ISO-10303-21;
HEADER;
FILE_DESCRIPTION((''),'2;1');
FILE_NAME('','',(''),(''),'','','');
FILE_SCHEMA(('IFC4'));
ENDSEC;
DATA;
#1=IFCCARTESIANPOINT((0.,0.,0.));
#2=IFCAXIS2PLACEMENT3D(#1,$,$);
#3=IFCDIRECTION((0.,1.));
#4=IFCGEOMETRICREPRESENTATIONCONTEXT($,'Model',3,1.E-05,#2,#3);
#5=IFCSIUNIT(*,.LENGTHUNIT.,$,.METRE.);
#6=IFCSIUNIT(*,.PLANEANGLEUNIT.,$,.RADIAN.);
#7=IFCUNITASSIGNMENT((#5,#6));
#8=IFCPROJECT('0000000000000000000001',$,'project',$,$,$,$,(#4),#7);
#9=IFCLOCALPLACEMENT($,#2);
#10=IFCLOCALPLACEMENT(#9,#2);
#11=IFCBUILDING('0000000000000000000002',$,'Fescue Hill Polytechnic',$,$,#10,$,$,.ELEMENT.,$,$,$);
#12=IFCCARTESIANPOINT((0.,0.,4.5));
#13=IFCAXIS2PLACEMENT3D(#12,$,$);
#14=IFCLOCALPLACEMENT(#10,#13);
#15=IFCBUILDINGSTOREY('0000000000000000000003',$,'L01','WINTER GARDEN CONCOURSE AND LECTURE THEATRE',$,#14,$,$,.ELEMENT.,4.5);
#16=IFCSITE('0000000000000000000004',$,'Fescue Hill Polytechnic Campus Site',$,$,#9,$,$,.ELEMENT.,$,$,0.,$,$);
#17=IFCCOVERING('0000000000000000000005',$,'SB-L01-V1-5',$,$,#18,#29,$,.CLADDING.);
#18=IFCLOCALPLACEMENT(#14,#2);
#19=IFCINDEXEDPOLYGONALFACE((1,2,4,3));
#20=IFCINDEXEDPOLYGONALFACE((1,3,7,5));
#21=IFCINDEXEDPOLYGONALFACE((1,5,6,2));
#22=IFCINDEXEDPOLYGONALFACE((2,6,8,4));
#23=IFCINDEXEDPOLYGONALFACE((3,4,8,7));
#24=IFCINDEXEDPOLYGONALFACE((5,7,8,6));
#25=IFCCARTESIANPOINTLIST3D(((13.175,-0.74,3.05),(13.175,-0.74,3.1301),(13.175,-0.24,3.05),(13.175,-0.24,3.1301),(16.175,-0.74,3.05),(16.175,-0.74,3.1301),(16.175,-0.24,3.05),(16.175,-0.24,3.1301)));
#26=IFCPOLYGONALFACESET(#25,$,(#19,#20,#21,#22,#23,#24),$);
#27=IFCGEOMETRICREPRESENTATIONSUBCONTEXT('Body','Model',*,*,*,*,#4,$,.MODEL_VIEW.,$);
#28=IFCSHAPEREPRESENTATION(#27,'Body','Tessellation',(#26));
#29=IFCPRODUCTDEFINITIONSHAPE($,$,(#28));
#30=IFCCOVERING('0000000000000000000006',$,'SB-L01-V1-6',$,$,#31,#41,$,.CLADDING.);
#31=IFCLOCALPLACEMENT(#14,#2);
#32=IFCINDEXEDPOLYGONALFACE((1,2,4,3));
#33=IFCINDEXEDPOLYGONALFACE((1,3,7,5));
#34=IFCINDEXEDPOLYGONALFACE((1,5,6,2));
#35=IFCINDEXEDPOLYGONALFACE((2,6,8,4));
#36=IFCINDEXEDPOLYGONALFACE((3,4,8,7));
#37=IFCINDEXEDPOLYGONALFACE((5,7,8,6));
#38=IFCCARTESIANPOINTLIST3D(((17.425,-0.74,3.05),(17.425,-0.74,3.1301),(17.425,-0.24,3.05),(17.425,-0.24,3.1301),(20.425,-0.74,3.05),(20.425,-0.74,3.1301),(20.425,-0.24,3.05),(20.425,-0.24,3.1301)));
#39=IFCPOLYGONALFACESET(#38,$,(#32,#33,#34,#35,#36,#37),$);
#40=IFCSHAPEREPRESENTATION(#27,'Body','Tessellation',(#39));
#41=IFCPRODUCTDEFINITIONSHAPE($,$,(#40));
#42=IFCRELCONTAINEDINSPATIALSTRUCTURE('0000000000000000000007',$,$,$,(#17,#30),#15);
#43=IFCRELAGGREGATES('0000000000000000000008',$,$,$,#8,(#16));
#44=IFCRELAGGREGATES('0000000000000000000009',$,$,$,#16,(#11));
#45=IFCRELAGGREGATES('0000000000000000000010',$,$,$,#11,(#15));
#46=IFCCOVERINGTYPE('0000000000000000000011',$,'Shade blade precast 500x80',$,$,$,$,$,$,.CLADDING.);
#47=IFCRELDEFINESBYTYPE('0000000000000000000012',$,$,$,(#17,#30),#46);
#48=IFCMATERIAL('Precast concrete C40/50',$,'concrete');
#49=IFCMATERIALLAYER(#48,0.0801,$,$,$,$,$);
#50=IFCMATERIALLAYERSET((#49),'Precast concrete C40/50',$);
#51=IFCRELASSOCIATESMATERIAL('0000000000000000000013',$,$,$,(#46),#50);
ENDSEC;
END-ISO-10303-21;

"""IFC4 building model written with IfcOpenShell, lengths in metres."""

from ifc_helpers import new_model, si_unit, direction, frame, origin, origin_2d, place, context, subcontext, project, spatial, rectangle, extrude, material, layer, layer_set, type_object, element, save


model = new_model("IFC4")

# Units and contexts
model_context = context("Model", 3, precision=1e-05, world=origin(), true_north=direction((0.0, 1.0)))
body_context = subcontext(model_context, "Body", "Model", "MODEL_VIEW")
ifc_project = project(units=[si_unit("LENGTHUNIT", "METRE"), si_unit("PLANEANGLEUNIT", "RADIAN")], contexts=[model_context])

# Site, building, storey
site_placement = place(None, origin())
site = spatial("IfcSite", under=ifc_project, at=site_placement, Name="Fescue Hill Polytechnic Campus Site", CompositionType="ELEMENT", RefElevation=0.0)
building_placement = place(site_placement, origin())
building = spatial("IfcBuilding", under=site, at=building_placement, Name="Fescue Hill Polytechnic", CompositionType="ELEMENT")
storey_placement = place(building_placement, frame((0.0, 0.0, 4.5)))
storey = spatial("IfcBuildingStorey", under=building, at=storey_placement, Name="L01", Description="WINTER GARDEN CONCOURSE AND LECTURE THEATRE", CompositionType="ELEMENT", Elevation=4.5)

# Coverings
ifc_material_1 = material(Name="Precast concrete C40/50", Category="concrete")
ifc_layer_1 = layer(ifc_material_1, 0.0801)
ifc_layer_set_1 = layer_set([ifc_layer_1], Name="Precast concrete C40/50")
covering_type = type_object("IfcCoveringType", Name="Shade blade precast 500x80", PredefinedType="CLADDING", material=ifc_layer_set_1)
for number, where, z_axis, x_axis, name in (
    (1, (14.675, -0.49, 3.05), (0.0, 0.0, 1.0), (1.0, 0.0, 0.0), "SB-L01-V1-5"),
    (2, (18.925, -0.49, 3.05), (0.0, 0.0, 1.0), (1.0, 0.0, 0.0), "SB-L01-V1-6"),
):
    element("IfcCovering", number, at=place(storey_placement, frame(where, z_axis=z_axis, x_axis=x_axis)), inside=storey, type_object=covering_type, Name=name, PredefinedType="CLADDING", context=body_context, shape_type="SweptSolid", body=[
        extrude(rectangle(XDim=3.0, YDim=0.5, at=origin_2d()), origin(), (0.0, 0.0, 1.0), 0.0801),
    ])

save(model, "model.ifc")
